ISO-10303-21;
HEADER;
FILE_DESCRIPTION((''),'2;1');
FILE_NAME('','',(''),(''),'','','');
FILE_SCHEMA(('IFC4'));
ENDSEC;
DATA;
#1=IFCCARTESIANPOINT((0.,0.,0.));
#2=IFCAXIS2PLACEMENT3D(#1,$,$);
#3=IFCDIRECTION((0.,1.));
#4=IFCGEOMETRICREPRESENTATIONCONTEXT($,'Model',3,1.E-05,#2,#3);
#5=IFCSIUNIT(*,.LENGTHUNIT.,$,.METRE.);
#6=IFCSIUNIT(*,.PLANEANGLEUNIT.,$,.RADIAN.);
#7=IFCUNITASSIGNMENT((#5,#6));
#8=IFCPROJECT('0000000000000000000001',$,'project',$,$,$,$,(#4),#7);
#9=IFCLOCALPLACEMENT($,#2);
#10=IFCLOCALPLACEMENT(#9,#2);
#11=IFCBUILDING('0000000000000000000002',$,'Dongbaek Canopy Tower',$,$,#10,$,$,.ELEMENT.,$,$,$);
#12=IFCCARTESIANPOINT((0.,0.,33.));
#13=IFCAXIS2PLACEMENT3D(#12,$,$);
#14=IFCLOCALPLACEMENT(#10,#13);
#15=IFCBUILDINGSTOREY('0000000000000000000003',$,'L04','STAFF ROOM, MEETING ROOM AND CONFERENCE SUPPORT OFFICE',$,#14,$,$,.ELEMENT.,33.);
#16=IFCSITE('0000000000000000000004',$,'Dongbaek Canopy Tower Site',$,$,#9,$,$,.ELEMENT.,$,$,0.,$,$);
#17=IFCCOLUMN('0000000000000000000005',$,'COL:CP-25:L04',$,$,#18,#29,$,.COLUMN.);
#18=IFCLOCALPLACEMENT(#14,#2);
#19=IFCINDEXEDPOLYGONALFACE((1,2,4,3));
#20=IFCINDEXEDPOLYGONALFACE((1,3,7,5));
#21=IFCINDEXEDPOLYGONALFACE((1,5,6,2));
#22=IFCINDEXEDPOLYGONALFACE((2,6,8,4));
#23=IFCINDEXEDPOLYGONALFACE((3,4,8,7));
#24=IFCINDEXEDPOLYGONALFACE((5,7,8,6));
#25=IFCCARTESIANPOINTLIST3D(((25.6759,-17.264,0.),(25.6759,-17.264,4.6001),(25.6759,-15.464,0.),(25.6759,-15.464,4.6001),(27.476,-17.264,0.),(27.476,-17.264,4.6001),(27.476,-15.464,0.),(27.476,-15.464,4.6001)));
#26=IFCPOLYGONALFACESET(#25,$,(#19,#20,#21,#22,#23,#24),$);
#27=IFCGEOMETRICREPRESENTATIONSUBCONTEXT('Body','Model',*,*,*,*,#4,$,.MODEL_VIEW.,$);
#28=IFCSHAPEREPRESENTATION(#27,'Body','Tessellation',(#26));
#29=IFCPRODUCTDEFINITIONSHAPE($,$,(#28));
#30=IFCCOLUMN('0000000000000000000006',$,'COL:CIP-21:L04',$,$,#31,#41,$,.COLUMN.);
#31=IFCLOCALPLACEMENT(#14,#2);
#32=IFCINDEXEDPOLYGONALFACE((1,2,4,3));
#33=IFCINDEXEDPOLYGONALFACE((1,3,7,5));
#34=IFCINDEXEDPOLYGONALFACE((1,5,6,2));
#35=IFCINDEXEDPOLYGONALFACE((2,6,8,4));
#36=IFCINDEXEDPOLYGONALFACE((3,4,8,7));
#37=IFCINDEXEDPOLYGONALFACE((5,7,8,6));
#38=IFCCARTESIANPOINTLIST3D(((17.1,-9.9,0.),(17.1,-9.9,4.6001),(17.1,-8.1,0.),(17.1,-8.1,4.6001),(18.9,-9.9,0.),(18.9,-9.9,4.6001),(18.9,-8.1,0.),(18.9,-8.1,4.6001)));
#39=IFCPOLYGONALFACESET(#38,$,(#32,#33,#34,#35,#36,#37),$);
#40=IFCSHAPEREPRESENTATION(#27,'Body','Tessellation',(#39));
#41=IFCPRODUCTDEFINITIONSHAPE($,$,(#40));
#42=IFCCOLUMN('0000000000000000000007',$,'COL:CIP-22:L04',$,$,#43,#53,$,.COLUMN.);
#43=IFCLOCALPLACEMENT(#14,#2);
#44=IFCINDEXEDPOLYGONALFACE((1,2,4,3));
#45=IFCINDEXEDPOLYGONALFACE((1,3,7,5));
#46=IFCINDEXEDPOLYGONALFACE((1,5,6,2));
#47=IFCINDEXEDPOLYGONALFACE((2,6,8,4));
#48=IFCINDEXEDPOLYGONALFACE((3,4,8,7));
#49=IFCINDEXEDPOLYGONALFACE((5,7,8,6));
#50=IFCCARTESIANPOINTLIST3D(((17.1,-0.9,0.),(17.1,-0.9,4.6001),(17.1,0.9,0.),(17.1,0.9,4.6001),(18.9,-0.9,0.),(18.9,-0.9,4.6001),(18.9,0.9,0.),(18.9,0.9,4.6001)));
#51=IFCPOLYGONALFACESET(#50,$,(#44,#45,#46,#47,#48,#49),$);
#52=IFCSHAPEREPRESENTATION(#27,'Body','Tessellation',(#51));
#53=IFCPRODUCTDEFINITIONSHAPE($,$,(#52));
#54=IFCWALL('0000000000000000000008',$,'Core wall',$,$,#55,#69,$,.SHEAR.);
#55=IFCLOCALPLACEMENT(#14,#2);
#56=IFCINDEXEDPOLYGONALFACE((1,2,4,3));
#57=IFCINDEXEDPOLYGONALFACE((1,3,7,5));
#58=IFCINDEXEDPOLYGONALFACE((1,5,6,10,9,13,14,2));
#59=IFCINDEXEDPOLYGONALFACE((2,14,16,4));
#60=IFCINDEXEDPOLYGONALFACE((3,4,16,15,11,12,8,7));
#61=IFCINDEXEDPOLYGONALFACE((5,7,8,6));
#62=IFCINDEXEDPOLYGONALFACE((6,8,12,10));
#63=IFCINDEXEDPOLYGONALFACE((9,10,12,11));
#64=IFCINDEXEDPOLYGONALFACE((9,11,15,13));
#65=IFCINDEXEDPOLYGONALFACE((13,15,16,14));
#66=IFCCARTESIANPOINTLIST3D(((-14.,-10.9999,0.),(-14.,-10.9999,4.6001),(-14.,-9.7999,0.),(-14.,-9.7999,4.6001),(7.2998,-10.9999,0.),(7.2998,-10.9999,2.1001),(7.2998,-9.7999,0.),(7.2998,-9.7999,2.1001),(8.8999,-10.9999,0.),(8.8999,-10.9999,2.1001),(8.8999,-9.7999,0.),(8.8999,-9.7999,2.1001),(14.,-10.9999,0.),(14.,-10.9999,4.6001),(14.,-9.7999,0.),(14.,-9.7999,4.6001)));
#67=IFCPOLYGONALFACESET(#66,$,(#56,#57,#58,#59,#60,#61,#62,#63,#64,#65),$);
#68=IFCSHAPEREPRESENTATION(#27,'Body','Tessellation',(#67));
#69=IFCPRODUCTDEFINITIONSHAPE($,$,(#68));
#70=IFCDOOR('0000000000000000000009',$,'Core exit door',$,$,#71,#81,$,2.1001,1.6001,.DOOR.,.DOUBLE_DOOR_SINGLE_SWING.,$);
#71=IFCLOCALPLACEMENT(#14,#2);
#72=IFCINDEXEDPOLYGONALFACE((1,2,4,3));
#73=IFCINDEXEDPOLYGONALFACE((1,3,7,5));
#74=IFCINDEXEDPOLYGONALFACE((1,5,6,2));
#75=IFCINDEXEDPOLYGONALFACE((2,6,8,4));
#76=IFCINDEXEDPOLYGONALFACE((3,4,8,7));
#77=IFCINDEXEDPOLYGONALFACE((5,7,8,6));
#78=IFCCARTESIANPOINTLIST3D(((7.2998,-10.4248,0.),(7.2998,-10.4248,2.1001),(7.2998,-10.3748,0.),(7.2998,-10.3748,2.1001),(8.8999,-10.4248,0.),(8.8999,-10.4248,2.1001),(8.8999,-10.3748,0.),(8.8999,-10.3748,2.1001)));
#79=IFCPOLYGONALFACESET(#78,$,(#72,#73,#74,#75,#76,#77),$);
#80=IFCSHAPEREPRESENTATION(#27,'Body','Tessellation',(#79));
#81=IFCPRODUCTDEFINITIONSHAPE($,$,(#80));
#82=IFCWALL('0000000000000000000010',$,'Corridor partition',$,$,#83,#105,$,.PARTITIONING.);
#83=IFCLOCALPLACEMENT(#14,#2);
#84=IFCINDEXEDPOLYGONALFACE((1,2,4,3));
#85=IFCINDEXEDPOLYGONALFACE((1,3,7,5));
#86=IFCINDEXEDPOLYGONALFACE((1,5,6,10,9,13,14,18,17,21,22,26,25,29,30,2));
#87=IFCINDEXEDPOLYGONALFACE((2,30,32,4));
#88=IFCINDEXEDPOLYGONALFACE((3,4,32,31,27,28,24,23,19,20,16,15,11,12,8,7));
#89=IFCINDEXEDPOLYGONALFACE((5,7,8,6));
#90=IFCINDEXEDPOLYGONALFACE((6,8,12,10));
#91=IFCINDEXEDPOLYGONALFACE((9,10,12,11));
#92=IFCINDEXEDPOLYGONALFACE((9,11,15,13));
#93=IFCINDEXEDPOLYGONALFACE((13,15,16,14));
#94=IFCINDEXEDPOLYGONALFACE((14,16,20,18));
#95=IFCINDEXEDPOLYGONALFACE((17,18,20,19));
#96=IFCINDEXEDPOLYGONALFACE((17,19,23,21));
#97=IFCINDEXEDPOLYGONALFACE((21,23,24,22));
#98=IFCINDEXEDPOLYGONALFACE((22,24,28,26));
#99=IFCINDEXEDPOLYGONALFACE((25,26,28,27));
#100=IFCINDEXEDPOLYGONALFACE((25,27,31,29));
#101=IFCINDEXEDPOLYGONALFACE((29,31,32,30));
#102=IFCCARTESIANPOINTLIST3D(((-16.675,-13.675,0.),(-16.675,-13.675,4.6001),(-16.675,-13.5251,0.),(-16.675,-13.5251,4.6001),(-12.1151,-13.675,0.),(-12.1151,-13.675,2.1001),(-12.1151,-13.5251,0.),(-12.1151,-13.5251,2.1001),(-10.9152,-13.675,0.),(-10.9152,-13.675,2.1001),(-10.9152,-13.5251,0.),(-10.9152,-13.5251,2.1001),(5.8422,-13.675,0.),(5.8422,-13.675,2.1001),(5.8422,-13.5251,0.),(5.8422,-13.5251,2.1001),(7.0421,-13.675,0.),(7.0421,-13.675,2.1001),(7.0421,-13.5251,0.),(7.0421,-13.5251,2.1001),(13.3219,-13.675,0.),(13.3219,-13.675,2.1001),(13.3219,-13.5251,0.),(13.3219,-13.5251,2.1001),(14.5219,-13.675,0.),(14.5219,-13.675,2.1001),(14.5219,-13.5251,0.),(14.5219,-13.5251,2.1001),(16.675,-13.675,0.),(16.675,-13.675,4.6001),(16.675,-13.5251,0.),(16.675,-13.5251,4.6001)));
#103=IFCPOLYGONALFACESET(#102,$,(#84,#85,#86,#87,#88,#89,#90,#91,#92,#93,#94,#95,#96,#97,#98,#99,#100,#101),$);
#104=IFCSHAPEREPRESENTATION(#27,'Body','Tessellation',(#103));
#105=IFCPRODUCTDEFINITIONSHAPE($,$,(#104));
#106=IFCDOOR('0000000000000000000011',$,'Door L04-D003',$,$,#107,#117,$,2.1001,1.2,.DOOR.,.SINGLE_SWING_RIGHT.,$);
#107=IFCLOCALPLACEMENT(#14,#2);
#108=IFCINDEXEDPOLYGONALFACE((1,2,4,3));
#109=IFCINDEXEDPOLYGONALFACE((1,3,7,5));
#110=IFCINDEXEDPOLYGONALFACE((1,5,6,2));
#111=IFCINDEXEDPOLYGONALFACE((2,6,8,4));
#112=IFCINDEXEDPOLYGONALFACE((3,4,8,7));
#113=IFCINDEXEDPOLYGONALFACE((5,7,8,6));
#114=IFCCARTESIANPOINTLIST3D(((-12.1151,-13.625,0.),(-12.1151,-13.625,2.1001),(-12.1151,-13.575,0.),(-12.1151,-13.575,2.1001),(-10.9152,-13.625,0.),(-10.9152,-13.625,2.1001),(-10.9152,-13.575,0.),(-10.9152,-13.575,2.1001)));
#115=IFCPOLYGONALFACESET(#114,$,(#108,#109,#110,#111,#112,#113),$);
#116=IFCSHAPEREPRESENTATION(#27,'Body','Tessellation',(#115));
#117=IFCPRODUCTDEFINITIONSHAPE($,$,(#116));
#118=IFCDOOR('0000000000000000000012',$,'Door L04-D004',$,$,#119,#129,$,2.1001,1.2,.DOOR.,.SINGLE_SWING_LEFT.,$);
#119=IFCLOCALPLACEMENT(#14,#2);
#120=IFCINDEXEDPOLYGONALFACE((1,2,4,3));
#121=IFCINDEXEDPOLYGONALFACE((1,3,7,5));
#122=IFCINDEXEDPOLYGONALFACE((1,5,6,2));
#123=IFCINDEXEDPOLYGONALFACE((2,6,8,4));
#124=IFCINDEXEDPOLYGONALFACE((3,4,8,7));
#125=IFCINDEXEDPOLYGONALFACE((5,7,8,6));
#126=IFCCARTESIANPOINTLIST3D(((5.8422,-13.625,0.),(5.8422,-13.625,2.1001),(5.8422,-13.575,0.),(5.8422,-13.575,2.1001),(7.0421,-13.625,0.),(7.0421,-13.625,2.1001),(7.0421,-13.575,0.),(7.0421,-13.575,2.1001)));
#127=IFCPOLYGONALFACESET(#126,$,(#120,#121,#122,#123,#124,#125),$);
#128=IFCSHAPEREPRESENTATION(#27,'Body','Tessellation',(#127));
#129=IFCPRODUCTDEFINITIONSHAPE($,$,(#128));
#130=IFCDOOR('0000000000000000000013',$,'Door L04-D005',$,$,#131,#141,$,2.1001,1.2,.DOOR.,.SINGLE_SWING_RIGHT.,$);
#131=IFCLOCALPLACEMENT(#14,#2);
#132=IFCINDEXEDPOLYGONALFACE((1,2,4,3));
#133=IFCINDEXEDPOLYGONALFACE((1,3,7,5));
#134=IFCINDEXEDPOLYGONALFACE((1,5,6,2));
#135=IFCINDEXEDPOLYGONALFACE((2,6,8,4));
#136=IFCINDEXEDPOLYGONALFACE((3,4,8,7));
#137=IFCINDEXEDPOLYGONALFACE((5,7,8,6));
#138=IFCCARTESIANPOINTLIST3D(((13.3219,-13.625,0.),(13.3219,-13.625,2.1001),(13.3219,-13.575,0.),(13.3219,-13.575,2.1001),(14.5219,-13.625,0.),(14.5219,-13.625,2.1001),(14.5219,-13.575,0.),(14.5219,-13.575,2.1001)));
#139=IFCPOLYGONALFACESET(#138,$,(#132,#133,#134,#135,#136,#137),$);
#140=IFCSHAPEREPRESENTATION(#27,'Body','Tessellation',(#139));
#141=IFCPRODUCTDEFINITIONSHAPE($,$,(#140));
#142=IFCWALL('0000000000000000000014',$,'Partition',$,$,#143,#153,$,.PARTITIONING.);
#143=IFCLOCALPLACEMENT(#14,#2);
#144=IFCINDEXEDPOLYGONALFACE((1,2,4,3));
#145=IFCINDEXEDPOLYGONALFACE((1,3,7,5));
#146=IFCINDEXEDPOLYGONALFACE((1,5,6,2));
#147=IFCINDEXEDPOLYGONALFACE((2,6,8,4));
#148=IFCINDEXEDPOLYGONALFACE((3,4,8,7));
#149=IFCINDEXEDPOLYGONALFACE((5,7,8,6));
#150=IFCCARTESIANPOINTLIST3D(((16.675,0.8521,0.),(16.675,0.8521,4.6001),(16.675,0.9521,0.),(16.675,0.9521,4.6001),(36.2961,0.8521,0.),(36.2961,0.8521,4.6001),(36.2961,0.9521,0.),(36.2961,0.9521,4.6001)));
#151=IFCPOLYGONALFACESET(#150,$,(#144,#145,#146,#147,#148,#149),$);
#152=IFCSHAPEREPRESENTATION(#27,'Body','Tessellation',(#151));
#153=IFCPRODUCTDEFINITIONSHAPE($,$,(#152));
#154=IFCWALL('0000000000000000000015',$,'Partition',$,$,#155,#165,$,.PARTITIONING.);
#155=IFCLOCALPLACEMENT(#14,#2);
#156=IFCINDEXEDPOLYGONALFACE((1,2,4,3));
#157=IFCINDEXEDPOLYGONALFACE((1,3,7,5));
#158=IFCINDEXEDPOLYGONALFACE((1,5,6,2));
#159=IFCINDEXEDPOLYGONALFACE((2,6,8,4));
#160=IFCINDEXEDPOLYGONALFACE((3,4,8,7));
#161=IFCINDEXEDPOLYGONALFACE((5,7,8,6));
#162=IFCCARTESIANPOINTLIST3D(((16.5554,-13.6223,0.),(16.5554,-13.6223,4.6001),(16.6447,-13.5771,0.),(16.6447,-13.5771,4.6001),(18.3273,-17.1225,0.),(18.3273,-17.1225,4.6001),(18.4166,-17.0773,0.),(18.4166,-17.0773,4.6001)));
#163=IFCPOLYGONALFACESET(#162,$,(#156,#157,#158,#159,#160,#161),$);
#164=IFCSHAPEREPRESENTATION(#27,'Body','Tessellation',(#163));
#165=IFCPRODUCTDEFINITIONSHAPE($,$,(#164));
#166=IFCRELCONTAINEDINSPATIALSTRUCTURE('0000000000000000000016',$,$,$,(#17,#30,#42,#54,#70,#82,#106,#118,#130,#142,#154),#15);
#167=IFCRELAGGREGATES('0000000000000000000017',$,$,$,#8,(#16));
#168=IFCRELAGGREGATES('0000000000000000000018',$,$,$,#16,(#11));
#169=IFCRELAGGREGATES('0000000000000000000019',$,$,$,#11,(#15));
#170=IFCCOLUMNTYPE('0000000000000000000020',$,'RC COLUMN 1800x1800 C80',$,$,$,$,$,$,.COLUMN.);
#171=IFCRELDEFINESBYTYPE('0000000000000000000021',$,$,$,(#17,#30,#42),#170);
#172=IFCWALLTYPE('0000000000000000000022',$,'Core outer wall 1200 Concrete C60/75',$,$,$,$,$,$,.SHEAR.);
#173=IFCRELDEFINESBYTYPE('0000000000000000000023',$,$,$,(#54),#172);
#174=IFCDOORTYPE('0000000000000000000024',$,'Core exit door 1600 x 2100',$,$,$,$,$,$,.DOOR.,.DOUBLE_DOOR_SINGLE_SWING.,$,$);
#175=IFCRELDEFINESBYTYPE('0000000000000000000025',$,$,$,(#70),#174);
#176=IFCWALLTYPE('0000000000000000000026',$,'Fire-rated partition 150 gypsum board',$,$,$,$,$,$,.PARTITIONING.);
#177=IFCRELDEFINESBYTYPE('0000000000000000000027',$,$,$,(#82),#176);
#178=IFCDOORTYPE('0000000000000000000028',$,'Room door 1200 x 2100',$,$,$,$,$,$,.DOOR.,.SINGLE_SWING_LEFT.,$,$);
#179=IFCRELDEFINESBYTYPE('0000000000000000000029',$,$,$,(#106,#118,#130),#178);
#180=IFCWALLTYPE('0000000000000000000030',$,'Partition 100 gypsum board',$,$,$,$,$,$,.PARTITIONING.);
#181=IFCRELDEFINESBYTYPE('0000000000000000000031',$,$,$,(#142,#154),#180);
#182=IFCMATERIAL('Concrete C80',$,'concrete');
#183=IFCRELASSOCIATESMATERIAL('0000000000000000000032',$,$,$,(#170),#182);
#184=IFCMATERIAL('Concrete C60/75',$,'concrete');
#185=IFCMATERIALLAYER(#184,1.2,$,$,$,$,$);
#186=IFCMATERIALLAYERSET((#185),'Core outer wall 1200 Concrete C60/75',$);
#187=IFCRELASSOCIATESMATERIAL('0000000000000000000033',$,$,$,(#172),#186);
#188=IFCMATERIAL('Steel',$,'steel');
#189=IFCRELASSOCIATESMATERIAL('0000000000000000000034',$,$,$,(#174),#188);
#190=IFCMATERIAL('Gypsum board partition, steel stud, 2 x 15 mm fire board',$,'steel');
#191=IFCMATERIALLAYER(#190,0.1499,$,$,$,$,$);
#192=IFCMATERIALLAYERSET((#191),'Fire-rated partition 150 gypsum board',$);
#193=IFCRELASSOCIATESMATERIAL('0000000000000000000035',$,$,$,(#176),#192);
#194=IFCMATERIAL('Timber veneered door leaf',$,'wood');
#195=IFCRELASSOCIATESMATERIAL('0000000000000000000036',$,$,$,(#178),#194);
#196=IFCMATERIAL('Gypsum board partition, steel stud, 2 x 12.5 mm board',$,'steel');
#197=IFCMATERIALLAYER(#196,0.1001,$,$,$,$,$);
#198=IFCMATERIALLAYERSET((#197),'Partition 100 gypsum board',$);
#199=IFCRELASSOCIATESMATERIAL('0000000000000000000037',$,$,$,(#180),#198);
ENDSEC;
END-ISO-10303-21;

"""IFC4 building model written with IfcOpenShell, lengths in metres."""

from ifc_helpers import new_model, si_unit, direction, frame, frame_2d, origin, origin_2d, place, context, subcontext, project, spatial, rectangle, extrude, material, layer, layer_set, material_profile, profile_set, type_object, element, fill, save


model = new_model("IFC4")

# Units and contexts
model_context = context("Model", 3, precision=1e-05, world=origin(), true_north=direction((0.0, 1.0)))
body_context = subcontext(model_context, "Body", "Model", "MODEL_VIEW")
ifc_project = project(units=[si_unit("LENGTHUNIT", "METRE"), si_unit("PLANEANGLEUNIT", "RADIAN")], contexts=[model_context])

# Site, building, storey
site_placement = place(None, origin())
site = spatial("IfcSite", under=ifc_project, at=site_placement, Name="Dongbaek Canopy Tower Site", CompositionType="ELEMENT", RefElevation=0.0)
building_placement = place(site_placement, origin())
building = spatial("IfcBuilding", under=site, at=building_placement, Name="Dongbaek Canopy Tower", CompositionType="ELEMENT")
storey_placement = place(building_placement, frame((0.0, 0.0, 33.0)))
storey = spatial("IfcBuildingStorey", under=building, at=storey_placement, Name="L04", Description="STAFF ROOM, MEETING ROOM AND CONFERENCE SUPPORT OFFICE", CompositionType="ELEMENT", Elevation=33.0)

# Columns
ifc_material_1 = material(Name="Concrete C80", Category="concrete")
ifc_material_profile = material_profile(ifc_material_1, rectangle(XDim=1.8, YDim=1.8, at=origin_2d()), Name="RC COLUMN 1800x1800 C80")
ifc_profile_set = profile_set([ifc_material_profile], Name="Concrete C80")
column_type = type_object("IfcColumnType", Name="RC COLUMN 1800x1800 C80", PredefinedType="COLUMN", material=ifc_profile_set)
for number, where, z_axis, x_axis, name in (
    (1, (26.5759, -16.364, 0.0), (0.0, 0.0, 1.0), (1.0, 0.0, 0.0), "COL:CP-25:L04"),
    (2, (18.0, -9.0, 0.0), (0.0, 0.0, 1.0), (1.0, 0.0, 0.0), "COL:CIP-21:L04"),
    (3, (18.0, 0.0, 0.0), (0.0, 0.0, 1.0), (1.0, 0.0, 0.0), "COL:CIP-22:L04"),
):
    element("IfcColumn", number, at=place(storey_placement, frame(where, z_axis=z_axis, x_axis=x_axis)), inside=storey, type_object=column_type, Name=name, PredefinedType="COLUMN", context=body_context, shape_type="SweptSolid", body=[
        extrude(rectangle(XDim=1.8, YDim=1.8, at=origin_2d()), origin(), (0.0, 0.0, 1.0), 4.6001),
    ])

# Wall, opening, door
ifc_material_2 = material(Name="Concrete C60/75", Category="concrete")
ifc_layer_1 = layer(ifc_material_2, 1.2)
ifc_layer_set_1 = layer_set([ifc_layer_1], Name="Core outer wall 1200 Concrete C60/75")
wall_type_1 = type_object("IfcWallType", Name="Core outer wall 1200 Concrete C60/75", PredefinedType="SHEAR", material=ifc_layer_set_1)
wall_1_placement = place(storey_placement, frame((14.0, -10.3999, 0.0), z_axis=(0.0, 0.0, 1.0), x_axis=(-1.0, 0.0, 0.0)))
wall_1 = element("IfcWall", 4, at=wall_1_placement, inside=storey, type_object=wall_type_1, Name="Core wall", PredefinedType="SHEAR", context=body_context, shape_type="SweptSolid", body=[
    extrude(rectangle(XDim=28.0, YDim=1.2, at=frame_2d((14.0, 0.0))), origin(), (0.0, 0.0, 1.0), 4.6001),
])
opening_1_placement = place(wall_1_placement, frame((5.1001, 0.0, 0.0)))
opening_1 = element("IfcOpeningElement", 5, at=opening_1_placement, cuts=wall_1, PredefinedType="OPENING", context=body_context, shape_type="SweptSolid", body=[
    extrude(rectangle(XDim=1.6001, YDim=2.1001, at=frame_2d((0.8, 1.05))), frame((0.0, 0.6099, 0.0), z_axis=(0.0, -1.0, 0.0), x_axis=(1.0, 0.0, 0.0)), (0.0, 0.0, 1.0), 1.22),
])
ifc_material_3 = material(Name="Steel", Category="steel")
door_type_1 = type_object("IfcDoorType", Name="Core exit door 1600 x 2100", OperationType="DOUBLE_DOOR_SINGLE_SWING", PredefinedType="DOOR", material=ifc_material_3)
door_1_placement = place(opening_1_placement, origin())
door_1 = element("IfcDoor", 6, at=door_1_placement, inside=storey, type_object=door_type_1, Name="Core exit door", OperationType="DOUBLE_DOOR_SINGLE_SWING", OverallHeight=2.1001, OverallWidth=1.6001, PredefinedType="DOOR", context=body_context, shape_type="SweptSolid", body=[
    extrude(rectangle(XDim=1.6001, YDim=2.1001, at=frame_2d((0.8, 1.05))), frame((0.0, 0.0249, 0.0), z_axis=(0.0, -1.0, 0.0), x_axis=(1.0, 0.0, 0.0)), (0.0, 0.0, 1.0), 0.05),
])
fill(opening_1, door_1)

# Wall, openings, doors
ifc_material_4 = material(Name="Gypsum board partition, steel stud, 2 x 15 mm fire board", Category="steel")
ifc_layer_2 = layer(ifc_material_4, 0.1499)
ifc_layer_set_2 = layer_set([ifc_layer_2], Name="Fire-rated partition 150 gypsum board")
wall_type_2 = type_object("IfcWallType", Name="Fire-rated partition 150 gypsum board", PredefinedType="PARTITIONING", material=ifc_layer_set_2)
wall_2_placement = place(storey_placement, frame((16.675, -13.6001, 0.0), z_axis=(0.0, 0.0, 1.0), x_axis=(-1.0, 0.0, 0.0)))
wall_2 = element("IfcWall", 7, at=wall_2_placement, inside=storey, type_object=wall_type_2, Name="Corridor partition", PredefinedType="PARTITIONING", context=body_context, shape_type="SweptSolid", body=[
    extrude(rectangle(XDim=33.3501, YDim=0.1499, at=frame_2d((16.675, 0.0))), origin(), (0.0, 0.0, 1.0), 4.6001),
])
opening_2_placement = place(wall_2_placement, frame((27.5901, 0.0, 0.0)))
opening_2 = element("IfcOpeningElement", 8, at=opening_2_placement, cuts=wall_2, PredefinedType="OPENING", context=body_context, shape_type="SweptSolid", body=[
    extrude(rectangle(XDim=1.2, YDim=2.1001, at=frame_2d((0.6001, 1.05))), frame((0.0, 0.085, 0.0), z_axis=(0.0, -1.0, 0.0), x_axis=(1.0, 0.0, 0.0)), (0.0, 0.0, 1.0), 0.1699),
])
opening_3_placement = place(wall_2_placement, frame((9.6328, 0.0, 0.0)))
opening_3 = element("IfcOpeningElement", 9, at=opening_3_placement, cuts=wall_2, PredefinedType="OPENING", context=body_context, shape_type="SweptSolid", body=[
    extrude(rectangle(XDim=1.2, YDim=2.1001, at=frame_2d((0.6001, 1.05))), frame((0.0, 0.085, 0.0), z_axis=(0.0, -1.0, 0.0), x_axis=(1.0, 0.0, 0.0)), (0.0, 0.0, 1.0), 0.1699),
])
opening_4_placement = place(wall_2_placement, frame((2.1531, 0.0, 0.0)))
opening_4 = element("IfcOpeningElement", 10, at=opening_4_placement, cuts=wall_2, PredefinedType="OPENING", context=body_context, shape_type="SweptSolid", body=[
    extrude(rectangle(XDim=1.2, YDim=2.1001, at=frame_2d((0.6001, 1.05))), frame((0.0, 0.085, 0.0), z_axis=(0.0, -1.0, 0.0), x_axis=(1.0, 0.0, 0.0)), (0.0, 0.0, 1.0), 0.1699),
])
ifc_material_5 = material(Name="Timber veneered door leaf", Category="wood")
door_type_2 = type_object("IfcDoorType", Name="Room door 1200 x 2100", OperationType="SINGLE_SWING_LEFT", PredefinedType="DOOR", material=ifc_material_5)
door_2_placement = place(opening_2_placement, origin())
door_2 = element("IfcDoor", 11, at=door_2_placement, inside=storey, type_object=door_type_2, Name="Door L04-D003", OperationType="SINGLE_SWING_RIGHT", OverallHeight=2.1001, OverallWidth=1.2, PredefinedType="DOOR", context=body_context, shape_type="SweptSolid", body=[
    extrude(rectangle(XDim=1.2, YDim=2.1001, at=frame_2d((0.6001, 1.05))), frame((0.0, 0.0249, 0.0), z_axis=(0.0, -1.0, 0.0), x_axis=(1.0, 0.0, 0.0)), (0.0, 0.0, 1.0), 0.05),
])
fill(opening_2, door_2)
door_3_placement = place(opening_3_placement, origin())
door_3 = element("IfcDoor", 12, at=door_3_placement, inside=storey, type_object=door_type_2, Name="Door L04-D004", OperationType="SINGLE_SWING_LEFT", OverallHeight=2.1001, OverallWidth=1.2, PredefinedType="DOOR", context=body_context, shape_type="SweptSolid", body=[
    extrude(rectangle(XDim=1.2, YDim=2.1001, at=frame_2d((0.6001, 1.05))), frame((0.0, 0.0249, 0.0), z_axis=(0.0, -1.0, 0.0), x_axis=(1.0, 0.0, 0.0)), (0.0, 0.0, 1.0), 0.05),
])
fill(opening_3, door_3)
door_4_placement = place(opening_4_placement, origin())
door_4 = element("IfcDoor", 13, at=door_4_placement, inside=storey, type_object=door_type_2, Name="Door L04-D005", OperationType="SINGLE_SWING_RIGHT", OverallHeight=2.1001, OverallWidth=1.2, PredefinedType="DOOR", context=body_context, shape_type="SweptSolid", body=[
    extrude(rectangle(XDim=1.2, YDim=2.1001, at=frame_2d((0.6001, 1.05))), frame((0.0, 0.0249, 0.0), z_axis=(0.0, -1.0, 0.0), x_axis=(1.0, 0.0, 0.0)), (0.0, 0.0, 1.0), 0.05),
])
fill(opening_4, door_4)

# Walls
ifc_material_6 = material(Name="Gypsum board partition, steel stud, 2 x 12.5 mm board", Category="steel")
ifc_layer_3 = layer(ifc_material_6, 0.1001)
ifc_layer_set_3 = layer_set([ifc_layer_3], Name="Partition 100 gypsum board")
wall_type_3 = type_object("IfcWallType", Name="Partition 100 gypsum board", PredefinedType="PARTITIONING", material=ifc_layer_set_3)
wall_3_placement = place(storey_placement, frame((16.675, 0.9021, 0.0), z_axis=(0.0, 0.0, 1.0), x_axis=(1.0, 0.0, 0.0)))
element("IfcWall", 14, at=wall_3_placement, inside=storey, type_object=wall_type_3, Name="Partition", PredefinedType="PARTITIONING", context=body_context, shape_type="SweptSolid", body=[
    extrude(rectangle(XDim=19.6211, YDim=0.1001, at=frame_2d((9.8105, 0.0))), origin(), (0.0, 0.0, 1.0), 4.6001),
])
wall_4_placement = place(storey_placement, frame((16.6001, -13.5999, 0.0), z_axis=(0.0, 0.0, 1.0), x_axis=(0.451664, -0.892188, 0.0)))
element("IfcWall", 15, at=wall_4_placement, inside=storey, type_object=wall_type_3, Name="Partition", PredefinedType="PARTITIONING", context=body_context, shape_type="SweptSolid", body=[
    extrude(rectangle(XDim=3.9231, YDim=0.1001, at=frame_2d((1.9614, 0.0))), origin(), (0.0, 0.0, 1.0), 4.6001),
])

save(model, "model.ifc")
